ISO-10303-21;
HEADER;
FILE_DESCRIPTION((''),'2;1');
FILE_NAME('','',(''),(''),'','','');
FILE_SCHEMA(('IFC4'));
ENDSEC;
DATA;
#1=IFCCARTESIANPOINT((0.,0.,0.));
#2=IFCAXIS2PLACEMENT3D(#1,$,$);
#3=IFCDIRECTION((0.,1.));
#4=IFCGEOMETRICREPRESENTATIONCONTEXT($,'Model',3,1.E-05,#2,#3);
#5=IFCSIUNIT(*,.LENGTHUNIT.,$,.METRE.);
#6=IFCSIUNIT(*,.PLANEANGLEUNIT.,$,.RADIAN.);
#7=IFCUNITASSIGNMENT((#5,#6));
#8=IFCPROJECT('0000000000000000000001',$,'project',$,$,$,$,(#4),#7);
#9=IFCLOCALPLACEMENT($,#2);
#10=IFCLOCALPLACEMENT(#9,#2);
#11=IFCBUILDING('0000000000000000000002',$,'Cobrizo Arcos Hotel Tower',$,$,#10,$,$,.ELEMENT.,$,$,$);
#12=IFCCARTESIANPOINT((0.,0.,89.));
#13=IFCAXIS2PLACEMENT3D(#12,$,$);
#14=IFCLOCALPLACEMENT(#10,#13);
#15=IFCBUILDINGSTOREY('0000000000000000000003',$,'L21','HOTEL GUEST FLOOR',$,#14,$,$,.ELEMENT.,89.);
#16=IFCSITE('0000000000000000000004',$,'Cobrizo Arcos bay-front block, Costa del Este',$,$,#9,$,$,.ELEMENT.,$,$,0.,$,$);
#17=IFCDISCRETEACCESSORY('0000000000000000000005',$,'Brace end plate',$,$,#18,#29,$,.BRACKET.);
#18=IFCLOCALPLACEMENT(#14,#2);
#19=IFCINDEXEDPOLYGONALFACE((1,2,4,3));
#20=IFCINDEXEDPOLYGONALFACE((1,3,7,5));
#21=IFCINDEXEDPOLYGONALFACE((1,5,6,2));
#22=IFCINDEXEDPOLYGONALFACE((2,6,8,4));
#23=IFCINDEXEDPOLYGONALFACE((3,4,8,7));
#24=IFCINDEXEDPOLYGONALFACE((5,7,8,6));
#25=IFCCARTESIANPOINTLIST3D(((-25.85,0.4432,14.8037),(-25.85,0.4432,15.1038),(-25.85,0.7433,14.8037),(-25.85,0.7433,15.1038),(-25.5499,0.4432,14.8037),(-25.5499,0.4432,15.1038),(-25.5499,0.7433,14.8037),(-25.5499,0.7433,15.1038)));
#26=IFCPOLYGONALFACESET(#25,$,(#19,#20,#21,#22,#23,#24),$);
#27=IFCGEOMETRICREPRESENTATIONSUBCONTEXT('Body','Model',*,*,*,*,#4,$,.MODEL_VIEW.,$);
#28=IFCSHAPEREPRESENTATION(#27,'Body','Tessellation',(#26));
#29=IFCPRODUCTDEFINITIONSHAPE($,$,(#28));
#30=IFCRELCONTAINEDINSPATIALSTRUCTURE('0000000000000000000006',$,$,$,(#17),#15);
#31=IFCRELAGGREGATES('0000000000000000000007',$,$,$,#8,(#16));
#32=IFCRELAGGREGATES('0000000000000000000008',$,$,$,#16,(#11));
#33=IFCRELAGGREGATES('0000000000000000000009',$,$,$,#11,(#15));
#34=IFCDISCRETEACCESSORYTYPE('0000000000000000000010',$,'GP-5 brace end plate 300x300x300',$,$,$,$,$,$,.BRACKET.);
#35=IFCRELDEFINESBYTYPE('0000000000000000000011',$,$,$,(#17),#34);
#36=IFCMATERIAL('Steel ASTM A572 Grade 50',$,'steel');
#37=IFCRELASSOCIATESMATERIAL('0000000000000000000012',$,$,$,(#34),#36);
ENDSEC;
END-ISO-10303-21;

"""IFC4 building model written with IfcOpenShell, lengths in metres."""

from ifc_helpers import new_model, si_unit, direction, frame, origin, origin_2d, place, context, subcontext, project, spatial, rectangle, extrude, material, type_object, element, save


model = new_model("IFC4")

# Units and contexts
model_context = context("Model", 3, precision=1e-05, world=origin(), true_north=direction((0.0, 1.0)))
body_context = subcontext(model_context, "Body", "Model", "MODEL_VIEW")
ifc_project = project(units=[si_unit("LENGTHUNIT", "METRE"), si_unit("PLANEANGLEUNIT", "RADIAN")], contexts=[model_context])

# Site, building, storey
site_placement = place(None, origin())
site = spatial("IfcSite", under=ifc_project, at=site_placement, Name="Cobrizo Arcos bay-front block, Costa del Este", CompositionType="ELEMENT", RefElevation=0.0)
building_placement = place(site_placement, origin())
building = spatial("IfcBuilding", under=site, at=building_placement, Name="Cobrizo Arcos Hotel Tower", CompositionType="ELEMENT")
storey_placement = place(building_placement, frame((0.0, 0.0, 89.0)))
storey = spatial("IfcBuildingStorey", under=building, at=storey_placement, Name="L21", Description="HOTEL GUEST FLOOR", CompositionType="ELEMENT", Elevation=89.0)

# Shared definitions
ifc_material_1 = material(Name="Steel ASTM A572 Grade 50", Category="steel")

# Discrete accessory
discrete_accessory_type = type_object("IfcDiscreteAccessoryType", Name="GP-5 brace end plate 300x300x300", PredefinedType="BRACKET", material=ifc_material_1)
discrete_accessory_placement = place(storey_placement, frame((-25.7, 0.5933, 14.8037), z_axis=(0.0, 0.0, 1.0), x_axis=(1.0, 0.0, 0.0)))
element("IfcDiscreteAccessory", 1, at=discrete_accessory_placement, inside=storey, type_object=discrete_accessory_type, Name="Brace end plate", PredefinedType="BRACKET", context=body_context, shape_type="SweptSolid", body=[
    extrude(rectangle(XDim=0.3, YDim=0.3, at=origin_2d()), origin(), (0.0, 0.0, 1.0), 0.3),
])

save(model, "model.ifc")
